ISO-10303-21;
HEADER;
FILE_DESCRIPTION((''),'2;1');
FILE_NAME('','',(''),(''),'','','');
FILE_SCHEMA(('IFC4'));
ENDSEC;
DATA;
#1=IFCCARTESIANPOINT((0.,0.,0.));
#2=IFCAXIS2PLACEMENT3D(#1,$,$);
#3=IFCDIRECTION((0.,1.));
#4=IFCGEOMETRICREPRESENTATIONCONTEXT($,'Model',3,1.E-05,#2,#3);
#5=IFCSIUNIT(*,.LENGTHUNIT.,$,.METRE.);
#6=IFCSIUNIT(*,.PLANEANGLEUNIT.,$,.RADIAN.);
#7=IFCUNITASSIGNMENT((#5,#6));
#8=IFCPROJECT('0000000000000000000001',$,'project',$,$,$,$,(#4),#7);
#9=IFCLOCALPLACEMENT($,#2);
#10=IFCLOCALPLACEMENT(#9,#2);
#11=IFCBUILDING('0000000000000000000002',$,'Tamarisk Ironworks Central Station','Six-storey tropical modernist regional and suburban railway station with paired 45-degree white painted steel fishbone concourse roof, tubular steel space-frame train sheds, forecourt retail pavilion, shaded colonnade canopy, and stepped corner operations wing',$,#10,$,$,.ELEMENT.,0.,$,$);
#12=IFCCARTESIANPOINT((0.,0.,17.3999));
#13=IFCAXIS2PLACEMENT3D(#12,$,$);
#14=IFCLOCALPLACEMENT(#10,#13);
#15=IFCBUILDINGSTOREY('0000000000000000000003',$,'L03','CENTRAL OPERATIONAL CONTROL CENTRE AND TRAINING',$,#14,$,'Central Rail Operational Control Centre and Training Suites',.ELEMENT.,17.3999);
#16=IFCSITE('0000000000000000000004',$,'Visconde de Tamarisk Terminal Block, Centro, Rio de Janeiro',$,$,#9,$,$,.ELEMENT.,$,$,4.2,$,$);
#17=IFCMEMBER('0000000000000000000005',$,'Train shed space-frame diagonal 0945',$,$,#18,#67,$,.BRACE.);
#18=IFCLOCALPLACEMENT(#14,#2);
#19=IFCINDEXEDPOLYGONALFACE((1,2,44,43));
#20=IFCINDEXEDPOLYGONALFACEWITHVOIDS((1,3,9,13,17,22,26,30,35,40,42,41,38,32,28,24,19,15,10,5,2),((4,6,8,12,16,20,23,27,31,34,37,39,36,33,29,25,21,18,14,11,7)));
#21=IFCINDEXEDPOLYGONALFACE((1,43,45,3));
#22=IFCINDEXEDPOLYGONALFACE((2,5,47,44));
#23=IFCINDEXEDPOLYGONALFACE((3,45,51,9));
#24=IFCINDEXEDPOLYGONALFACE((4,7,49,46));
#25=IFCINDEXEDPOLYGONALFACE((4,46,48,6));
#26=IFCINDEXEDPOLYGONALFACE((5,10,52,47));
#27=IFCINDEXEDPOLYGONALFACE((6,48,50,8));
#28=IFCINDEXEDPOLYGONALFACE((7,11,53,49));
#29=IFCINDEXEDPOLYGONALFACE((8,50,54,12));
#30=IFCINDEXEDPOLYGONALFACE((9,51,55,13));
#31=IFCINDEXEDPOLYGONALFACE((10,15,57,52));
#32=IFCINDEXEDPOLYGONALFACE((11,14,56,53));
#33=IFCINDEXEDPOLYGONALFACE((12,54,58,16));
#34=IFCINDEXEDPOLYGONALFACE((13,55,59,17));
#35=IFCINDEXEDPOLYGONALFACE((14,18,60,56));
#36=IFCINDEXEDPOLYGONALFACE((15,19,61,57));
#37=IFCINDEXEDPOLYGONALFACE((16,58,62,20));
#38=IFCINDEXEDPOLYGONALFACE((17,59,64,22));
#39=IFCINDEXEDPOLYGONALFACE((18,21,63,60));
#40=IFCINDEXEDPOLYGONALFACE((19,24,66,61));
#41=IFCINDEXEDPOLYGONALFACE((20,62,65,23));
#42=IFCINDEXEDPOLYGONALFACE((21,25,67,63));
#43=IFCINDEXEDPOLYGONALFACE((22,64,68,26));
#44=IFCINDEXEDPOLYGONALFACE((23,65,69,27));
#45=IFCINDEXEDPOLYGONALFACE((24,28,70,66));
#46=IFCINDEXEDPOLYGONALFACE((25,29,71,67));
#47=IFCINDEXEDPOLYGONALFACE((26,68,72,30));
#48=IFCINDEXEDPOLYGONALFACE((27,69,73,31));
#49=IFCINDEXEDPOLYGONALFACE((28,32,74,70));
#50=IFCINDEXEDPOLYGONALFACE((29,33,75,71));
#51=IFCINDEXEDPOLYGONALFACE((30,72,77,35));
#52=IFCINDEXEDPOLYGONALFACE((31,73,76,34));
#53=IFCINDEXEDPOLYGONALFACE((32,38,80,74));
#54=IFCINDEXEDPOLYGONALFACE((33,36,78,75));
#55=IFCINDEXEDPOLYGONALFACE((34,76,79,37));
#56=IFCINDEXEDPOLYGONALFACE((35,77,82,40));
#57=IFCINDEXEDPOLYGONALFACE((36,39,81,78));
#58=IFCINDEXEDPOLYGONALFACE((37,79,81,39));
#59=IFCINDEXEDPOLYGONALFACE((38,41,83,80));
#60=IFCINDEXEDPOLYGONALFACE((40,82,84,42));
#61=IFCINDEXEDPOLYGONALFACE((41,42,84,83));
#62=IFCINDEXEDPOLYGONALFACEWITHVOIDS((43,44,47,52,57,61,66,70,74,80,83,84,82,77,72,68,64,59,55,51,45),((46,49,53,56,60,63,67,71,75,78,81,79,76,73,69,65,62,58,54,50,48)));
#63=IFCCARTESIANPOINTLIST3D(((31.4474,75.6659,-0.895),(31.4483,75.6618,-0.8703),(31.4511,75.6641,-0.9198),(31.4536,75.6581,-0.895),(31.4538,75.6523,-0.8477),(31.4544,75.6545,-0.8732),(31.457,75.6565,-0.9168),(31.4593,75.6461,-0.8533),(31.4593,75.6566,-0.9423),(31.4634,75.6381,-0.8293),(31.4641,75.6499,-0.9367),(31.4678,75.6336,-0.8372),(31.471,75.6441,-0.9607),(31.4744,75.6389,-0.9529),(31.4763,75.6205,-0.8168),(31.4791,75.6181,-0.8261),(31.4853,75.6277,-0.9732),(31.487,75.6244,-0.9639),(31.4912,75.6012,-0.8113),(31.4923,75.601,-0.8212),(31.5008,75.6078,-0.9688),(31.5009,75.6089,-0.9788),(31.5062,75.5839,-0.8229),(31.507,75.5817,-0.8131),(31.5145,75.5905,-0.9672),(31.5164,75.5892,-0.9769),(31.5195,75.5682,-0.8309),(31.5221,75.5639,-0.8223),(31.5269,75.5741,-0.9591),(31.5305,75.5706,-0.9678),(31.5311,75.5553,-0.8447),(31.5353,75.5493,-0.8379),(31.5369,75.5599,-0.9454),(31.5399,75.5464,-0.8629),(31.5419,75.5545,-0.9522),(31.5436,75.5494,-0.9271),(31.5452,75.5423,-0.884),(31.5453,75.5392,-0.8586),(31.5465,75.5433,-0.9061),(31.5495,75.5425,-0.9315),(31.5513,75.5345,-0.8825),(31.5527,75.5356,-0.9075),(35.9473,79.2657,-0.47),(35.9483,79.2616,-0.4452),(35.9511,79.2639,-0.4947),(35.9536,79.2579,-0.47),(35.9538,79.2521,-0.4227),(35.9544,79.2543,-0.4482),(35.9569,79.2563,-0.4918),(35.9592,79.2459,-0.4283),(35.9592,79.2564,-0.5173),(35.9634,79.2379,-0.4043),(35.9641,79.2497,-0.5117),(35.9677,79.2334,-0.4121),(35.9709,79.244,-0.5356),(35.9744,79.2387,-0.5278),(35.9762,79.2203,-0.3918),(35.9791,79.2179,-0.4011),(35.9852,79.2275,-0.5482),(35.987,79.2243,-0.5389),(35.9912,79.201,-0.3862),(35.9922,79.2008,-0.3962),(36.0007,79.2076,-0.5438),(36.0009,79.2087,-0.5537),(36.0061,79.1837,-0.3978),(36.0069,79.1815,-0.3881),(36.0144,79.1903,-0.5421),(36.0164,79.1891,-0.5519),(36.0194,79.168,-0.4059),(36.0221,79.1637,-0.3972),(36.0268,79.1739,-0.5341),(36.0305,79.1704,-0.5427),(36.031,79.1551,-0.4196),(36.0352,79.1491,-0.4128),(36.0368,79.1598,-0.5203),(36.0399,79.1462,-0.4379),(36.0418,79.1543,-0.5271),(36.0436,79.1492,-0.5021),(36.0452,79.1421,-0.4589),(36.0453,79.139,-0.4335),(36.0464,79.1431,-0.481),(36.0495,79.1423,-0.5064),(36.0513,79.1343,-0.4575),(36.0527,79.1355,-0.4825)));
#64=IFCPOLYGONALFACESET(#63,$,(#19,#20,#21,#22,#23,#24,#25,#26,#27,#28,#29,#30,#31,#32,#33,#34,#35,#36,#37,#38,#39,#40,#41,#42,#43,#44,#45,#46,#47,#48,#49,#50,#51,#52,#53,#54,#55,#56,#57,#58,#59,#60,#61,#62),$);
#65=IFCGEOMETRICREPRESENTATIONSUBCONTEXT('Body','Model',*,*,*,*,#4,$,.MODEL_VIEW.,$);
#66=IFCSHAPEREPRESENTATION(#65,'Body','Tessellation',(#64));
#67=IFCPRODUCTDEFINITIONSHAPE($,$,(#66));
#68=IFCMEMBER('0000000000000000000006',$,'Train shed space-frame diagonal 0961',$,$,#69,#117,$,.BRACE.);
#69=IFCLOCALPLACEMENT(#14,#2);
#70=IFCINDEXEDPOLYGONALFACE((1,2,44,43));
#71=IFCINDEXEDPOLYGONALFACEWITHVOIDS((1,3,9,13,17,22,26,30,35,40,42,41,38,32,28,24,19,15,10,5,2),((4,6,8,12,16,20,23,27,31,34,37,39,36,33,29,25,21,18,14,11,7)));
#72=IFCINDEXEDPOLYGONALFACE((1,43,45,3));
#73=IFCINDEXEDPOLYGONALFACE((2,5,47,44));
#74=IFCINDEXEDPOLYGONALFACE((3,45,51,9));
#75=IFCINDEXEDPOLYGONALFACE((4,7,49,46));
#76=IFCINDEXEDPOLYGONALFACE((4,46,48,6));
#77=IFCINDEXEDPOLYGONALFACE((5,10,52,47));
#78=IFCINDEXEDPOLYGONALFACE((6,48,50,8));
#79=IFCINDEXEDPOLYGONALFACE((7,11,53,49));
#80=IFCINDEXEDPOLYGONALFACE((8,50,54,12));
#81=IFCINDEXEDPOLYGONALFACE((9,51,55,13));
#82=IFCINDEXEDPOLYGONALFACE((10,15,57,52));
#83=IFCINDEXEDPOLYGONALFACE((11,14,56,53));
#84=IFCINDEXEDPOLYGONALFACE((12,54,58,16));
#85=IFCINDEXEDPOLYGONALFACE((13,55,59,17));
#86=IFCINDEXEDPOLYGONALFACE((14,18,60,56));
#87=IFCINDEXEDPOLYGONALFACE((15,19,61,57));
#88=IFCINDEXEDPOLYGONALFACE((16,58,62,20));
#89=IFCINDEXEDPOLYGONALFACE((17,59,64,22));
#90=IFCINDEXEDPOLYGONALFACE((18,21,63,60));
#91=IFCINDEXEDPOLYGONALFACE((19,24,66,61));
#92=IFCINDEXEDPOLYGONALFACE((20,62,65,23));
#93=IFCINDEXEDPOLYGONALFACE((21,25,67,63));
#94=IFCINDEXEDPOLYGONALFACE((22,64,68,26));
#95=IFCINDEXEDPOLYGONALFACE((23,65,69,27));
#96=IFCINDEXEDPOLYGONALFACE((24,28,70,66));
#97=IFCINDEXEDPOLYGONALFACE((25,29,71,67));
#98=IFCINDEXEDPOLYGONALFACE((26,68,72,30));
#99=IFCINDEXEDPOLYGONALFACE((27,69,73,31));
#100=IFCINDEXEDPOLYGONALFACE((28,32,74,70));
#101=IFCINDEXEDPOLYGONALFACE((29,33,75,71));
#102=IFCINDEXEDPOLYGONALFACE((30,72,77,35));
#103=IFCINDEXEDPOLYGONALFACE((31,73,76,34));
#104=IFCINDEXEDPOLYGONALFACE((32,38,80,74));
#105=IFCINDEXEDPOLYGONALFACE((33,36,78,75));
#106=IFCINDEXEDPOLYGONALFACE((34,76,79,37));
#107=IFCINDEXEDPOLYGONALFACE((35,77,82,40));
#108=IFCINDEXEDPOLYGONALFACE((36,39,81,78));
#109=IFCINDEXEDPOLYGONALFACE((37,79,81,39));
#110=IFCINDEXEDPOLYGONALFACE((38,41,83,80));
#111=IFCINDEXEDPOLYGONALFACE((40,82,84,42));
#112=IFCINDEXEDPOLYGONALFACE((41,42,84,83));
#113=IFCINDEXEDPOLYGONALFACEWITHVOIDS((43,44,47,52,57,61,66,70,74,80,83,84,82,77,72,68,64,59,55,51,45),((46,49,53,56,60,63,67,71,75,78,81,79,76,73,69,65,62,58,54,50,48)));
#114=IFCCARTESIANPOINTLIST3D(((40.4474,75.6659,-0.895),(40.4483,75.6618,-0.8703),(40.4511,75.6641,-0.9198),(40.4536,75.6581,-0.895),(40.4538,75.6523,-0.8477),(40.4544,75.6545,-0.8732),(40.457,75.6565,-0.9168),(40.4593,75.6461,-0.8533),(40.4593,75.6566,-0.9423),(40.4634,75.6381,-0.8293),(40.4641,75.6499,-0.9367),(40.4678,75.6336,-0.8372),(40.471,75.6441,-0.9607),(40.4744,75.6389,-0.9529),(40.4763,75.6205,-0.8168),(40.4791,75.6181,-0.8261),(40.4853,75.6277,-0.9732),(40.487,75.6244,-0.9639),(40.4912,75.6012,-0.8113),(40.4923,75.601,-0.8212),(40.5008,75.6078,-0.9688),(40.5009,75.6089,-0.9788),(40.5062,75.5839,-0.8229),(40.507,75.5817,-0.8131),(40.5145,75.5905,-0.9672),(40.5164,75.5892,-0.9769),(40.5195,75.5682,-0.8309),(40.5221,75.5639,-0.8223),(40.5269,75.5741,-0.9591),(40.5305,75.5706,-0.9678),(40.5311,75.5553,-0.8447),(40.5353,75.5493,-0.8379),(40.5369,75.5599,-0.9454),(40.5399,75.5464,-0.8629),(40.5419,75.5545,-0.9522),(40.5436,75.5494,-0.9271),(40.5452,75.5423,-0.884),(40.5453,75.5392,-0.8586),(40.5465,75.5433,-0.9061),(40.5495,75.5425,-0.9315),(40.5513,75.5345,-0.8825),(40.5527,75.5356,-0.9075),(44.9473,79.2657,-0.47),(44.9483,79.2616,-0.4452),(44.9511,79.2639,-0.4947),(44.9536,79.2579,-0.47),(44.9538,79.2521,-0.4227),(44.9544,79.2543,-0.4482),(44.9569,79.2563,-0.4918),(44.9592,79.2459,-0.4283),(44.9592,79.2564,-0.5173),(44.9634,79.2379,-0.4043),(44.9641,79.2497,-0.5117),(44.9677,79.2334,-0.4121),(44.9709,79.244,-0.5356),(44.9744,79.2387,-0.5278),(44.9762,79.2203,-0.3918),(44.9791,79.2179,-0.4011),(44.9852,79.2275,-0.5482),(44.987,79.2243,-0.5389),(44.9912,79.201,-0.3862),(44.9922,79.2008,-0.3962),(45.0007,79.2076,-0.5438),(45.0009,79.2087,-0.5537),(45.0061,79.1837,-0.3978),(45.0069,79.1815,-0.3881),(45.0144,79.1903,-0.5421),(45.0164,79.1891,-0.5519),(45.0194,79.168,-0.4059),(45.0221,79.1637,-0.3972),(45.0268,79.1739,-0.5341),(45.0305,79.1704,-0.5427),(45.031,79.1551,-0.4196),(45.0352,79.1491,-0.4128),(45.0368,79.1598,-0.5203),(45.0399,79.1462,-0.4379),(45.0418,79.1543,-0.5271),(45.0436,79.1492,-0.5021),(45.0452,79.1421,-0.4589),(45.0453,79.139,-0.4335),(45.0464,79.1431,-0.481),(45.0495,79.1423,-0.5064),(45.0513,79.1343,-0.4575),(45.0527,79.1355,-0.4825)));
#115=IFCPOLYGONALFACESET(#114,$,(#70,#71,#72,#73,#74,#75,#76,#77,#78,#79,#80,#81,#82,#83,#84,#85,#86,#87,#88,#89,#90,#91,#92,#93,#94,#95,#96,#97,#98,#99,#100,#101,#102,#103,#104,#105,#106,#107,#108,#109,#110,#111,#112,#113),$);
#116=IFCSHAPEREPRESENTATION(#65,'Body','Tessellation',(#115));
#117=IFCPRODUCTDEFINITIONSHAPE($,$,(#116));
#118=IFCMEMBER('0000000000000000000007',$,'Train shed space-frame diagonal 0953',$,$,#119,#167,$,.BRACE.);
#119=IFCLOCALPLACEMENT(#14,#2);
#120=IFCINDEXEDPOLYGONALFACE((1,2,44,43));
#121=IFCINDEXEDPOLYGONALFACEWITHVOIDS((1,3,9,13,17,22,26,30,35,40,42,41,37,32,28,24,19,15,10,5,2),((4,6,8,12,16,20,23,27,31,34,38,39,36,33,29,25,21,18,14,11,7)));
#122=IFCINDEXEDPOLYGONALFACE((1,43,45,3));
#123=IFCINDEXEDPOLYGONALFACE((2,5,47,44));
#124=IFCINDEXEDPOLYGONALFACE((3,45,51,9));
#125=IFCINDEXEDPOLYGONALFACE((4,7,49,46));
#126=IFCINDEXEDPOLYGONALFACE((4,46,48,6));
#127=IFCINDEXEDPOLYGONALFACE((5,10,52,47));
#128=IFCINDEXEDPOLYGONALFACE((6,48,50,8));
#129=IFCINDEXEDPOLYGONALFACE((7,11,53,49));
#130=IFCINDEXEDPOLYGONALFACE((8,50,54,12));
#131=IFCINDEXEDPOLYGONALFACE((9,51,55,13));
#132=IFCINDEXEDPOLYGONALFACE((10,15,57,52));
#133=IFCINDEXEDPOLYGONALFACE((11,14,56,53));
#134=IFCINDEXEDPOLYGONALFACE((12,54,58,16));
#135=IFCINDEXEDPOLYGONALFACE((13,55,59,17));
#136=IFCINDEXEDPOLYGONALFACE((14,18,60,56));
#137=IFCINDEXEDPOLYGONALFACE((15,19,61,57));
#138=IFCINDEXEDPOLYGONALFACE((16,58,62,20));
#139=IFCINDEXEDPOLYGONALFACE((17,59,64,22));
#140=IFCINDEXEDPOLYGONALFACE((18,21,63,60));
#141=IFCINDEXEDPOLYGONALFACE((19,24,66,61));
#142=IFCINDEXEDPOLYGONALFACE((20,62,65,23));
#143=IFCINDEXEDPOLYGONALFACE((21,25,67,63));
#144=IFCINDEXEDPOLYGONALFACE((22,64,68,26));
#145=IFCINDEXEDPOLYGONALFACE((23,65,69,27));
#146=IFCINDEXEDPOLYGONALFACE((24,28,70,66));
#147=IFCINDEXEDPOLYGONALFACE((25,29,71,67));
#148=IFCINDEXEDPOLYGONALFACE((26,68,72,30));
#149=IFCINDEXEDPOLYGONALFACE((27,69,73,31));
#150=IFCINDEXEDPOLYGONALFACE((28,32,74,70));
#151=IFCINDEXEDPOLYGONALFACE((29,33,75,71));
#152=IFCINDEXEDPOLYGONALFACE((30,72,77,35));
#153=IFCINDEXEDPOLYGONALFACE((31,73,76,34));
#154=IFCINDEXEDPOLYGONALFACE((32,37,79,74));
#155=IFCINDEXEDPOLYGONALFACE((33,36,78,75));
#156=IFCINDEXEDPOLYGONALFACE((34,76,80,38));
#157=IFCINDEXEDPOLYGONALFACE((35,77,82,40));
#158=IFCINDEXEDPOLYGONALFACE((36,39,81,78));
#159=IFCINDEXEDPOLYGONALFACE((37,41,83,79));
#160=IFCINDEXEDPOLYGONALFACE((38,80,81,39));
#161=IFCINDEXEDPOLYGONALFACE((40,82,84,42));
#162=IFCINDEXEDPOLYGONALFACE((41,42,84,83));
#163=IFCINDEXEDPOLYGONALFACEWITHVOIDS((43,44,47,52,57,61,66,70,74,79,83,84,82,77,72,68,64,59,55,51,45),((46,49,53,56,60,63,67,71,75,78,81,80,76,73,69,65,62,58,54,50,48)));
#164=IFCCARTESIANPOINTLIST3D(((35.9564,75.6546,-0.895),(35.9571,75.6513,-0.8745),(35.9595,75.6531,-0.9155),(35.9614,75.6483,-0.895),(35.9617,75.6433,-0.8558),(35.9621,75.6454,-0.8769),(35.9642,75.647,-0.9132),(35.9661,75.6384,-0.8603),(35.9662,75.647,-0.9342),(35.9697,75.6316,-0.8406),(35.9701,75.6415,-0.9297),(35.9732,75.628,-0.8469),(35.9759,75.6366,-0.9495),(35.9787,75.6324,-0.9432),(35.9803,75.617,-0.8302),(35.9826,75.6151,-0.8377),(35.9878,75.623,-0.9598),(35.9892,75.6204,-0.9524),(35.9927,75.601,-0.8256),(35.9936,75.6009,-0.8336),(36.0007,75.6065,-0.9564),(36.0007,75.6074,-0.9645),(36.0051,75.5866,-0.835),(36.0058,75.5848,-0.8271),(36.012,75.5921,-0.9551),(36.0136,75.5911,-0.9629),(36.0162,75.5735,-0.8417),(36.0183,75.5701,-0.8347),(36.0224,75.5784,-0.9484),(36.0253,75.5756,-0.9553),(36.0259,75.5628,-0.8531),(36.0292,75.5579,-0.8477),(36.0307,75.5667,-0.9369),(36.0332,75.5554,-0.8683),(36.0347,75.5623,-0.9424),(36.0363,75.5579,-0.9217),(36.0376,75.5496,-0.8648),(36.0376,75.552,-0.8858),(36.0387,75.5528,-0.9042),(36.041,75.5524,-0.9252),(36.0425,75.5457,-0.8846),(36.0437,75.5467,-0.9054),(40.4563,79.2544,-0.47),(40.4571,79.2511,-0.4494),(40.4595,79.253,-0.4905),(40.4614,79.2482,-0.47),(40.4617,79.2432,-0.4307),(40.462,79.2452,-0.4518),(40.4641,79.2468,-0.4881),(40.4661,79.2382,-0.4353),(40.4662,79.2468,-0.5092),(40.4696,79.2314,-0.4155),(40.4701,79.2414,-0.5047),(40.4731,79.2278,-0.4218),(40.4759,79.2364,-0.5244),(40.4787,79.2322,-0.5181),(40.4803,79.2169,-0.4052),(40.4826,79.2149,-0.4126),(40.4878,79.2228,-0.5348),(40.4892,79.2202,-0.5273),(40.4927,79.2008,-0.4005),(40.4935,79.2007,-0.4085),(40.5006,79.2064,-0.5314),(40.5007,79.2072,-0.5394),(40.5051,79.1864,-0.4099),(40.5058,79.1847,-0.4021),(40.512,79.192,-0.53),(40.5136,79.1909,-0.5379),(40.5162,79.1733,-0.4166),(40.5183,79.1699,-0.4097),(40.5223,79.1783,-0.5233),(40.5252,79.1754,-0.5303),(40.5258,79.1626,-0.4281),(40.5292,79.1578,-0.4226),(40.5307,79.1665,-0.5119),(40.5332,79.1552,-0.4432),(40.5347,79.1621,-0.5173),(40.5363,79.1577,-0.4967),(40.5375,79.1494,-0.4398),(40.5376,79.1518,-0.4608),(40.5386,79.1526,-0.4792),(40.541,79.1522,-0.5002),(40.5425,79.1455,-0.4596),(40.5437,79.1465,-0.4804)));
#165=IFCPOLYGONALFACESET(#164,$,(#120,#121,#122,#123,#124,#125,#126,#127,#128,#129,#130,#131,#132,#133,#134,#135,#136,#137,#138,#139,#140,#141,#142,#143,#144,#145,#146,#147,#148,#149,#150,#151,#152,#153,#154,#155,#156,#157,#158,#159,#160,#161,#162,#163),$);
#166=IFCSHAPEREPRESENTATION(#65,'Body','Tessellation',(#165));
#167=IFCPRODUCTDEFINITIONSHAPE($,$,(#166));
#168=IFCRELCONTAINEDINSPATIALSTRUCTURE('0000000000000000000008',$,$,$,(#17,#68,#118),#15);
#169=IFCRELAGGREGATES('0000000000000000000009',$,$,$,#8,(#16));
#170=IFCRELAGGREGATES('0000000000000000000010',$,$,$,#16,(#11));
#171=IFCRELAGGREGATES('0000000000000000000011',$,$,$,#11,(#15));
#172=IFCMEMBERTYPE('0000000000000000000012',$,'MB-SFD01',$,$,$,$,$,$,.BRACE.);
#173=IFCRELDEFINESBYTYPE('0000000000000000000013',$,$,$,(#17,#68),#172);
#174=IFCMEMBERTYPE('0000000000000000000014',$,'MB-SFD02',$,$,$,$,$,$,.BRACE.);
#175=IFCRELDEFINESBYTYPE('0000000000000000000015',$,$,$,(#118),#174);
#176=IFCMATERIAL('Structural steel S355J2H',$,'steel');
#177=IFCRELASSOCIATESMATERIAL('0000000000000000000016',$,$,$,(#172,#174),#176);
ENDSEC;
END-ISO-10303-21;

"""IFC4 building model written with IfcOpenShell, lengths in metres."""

from ifc_helpers import new_model, si_unit, direction, frame, origin, origin_2d, place, context, subcontext, project, spatial, hollow_circle, extrude, material, material_profile, profile_set, type_object, element, save


model = new_model("IFC4")

# Units and contexts
model_context = context("Model", 3, precision=1e-05, world=origin(), true_north=direction((0.0, 1.0)))
body_context = subcontext(model_context, "Body", "Model", "MODEL_VIEW")
ifc_project = project(units=[si_unit("LENGTHUNIT", "METRE"), si_unit("PLANEANGLEUNIT", "RADIAN")], contexts=[model_context])

# Site, building, storey
site_placement = place(None, origin())
site = spatial("IfcSite", under=ifc_project, at=site_placement, Name="Visconde de Tamarisk Terminal Block, Centro, Rio de Janeiro", CompositionType="ELEMENT", RefElevation=4.2)
building_placement = place(site_placement, origin())
building = spatial("IfcBuilding", under=site, at=building_placement, Name="Tamarisk Ironworks Central Station", Description="Six-storey tropical modernist regional and suburban railway station with paired 45-degree white painted steel fishbone concourse roof, tubular steel space-frame train sheds, forecourt retail pavilion, shaded colonnade canopy, and stepped corner operations wing", CompositionType="ELEMENT", ElevationOfRefHeight=0.0)
storey_placement = place(building_placement, frame((0.0, 0.0, 17.3999)))
storey = spatial("IfcBuildingStorey", under=building, at=storey_placement, Name="L03", Description="CENTRAL OPERATIONAL CONTROL CENTRE AND TRAINING", LongName="Central Rail Operational Control Centre and Training Suites", CompositionType="ELEMENT", Elevation=17.3999)

# Members
ifc_material_1 = material(Name="Structural steel S355J2H", Category="steel")
ifc_material_profile_1 = material_profile(ifc_material_1, hollow_circle(Radius=0.0842, WallThickness=0.01, at=origin_2d()), Name="CHS 168.3x10")
ifc_profile_set_1 = profile_set([ifc_material_profile_1], Name="Structural steel S355J2H")
member_type_1 = type_object("IfcMemberType", Name="MB-SFD01", PredefinedType="BRACE", material=ifc_profile_set_1)
for number, where, z_axis, x_axis, name in (
    (1, (31.5, 75.6001, -0.895), (0.778766, 0.622987, 0.073559), (-0.62468, 0.780881, 0.0), "Train shed space-frame diagonal 0945"),
    (2, (40.5, 75.6001, -0.895), (0.778766, 0.622987, 0.073559), (-0.62468, 0.780881, 0.0), "Train shed space-frame diagonal 0961"),
):
    element("IfcMember", number, at=place(storey_placement, frame(where, z_axis=z_axis, x_axis=x_axis)), inside=storey, type_object=member_type_1, Name=name, PredefinedType="BRACE", context=body_context, shape_type="SweptSolid", body=[
        extrude(hollow_circle(Radius=0.0842, WallThickness=0.01, at=origin_2d()), origin(), (0.0, 0.0, 1.0), 5.7783),
    ])
ifc_material_profile_2 = material_profile(ifc_material_1, hollow_circle(Radius=0.0698, WallThickness=0.0081, at=origin_2d()), Name="CHS 139.7x8")
ifc_profile_set_2 = profile_set([ifc_material_profile_2], Name="Structural steel S355J2H")
member_type_2 = type_object("IfcMemberType", Name="MB-SFD02", PredefinedType="BRACE", material=ifc_profile_set_2)
member_1_placement = place(storey_placement, frame((36.0, 75.6001, -0.895), z_axis=(0.778766, 0.622987, 0.073559), x_axis=(-0.62468, 0.780881, 0.0)))
element("IfcMember", 3, at=member_1_placement, inside=storey, type_object=member_type_2, Name="Train shed space-frame diagonal 0953", PredefinedType="BRACE", context=body_context, shape_type="SweptSolid", body=[
    extrude(hollow_circle(Radius=0.0698, WallThickness=0.0081, at=origin_2d()), origin(), (0.0, 0.0, 1.0), 5.7783),
])

save(model, "model.ifc")
